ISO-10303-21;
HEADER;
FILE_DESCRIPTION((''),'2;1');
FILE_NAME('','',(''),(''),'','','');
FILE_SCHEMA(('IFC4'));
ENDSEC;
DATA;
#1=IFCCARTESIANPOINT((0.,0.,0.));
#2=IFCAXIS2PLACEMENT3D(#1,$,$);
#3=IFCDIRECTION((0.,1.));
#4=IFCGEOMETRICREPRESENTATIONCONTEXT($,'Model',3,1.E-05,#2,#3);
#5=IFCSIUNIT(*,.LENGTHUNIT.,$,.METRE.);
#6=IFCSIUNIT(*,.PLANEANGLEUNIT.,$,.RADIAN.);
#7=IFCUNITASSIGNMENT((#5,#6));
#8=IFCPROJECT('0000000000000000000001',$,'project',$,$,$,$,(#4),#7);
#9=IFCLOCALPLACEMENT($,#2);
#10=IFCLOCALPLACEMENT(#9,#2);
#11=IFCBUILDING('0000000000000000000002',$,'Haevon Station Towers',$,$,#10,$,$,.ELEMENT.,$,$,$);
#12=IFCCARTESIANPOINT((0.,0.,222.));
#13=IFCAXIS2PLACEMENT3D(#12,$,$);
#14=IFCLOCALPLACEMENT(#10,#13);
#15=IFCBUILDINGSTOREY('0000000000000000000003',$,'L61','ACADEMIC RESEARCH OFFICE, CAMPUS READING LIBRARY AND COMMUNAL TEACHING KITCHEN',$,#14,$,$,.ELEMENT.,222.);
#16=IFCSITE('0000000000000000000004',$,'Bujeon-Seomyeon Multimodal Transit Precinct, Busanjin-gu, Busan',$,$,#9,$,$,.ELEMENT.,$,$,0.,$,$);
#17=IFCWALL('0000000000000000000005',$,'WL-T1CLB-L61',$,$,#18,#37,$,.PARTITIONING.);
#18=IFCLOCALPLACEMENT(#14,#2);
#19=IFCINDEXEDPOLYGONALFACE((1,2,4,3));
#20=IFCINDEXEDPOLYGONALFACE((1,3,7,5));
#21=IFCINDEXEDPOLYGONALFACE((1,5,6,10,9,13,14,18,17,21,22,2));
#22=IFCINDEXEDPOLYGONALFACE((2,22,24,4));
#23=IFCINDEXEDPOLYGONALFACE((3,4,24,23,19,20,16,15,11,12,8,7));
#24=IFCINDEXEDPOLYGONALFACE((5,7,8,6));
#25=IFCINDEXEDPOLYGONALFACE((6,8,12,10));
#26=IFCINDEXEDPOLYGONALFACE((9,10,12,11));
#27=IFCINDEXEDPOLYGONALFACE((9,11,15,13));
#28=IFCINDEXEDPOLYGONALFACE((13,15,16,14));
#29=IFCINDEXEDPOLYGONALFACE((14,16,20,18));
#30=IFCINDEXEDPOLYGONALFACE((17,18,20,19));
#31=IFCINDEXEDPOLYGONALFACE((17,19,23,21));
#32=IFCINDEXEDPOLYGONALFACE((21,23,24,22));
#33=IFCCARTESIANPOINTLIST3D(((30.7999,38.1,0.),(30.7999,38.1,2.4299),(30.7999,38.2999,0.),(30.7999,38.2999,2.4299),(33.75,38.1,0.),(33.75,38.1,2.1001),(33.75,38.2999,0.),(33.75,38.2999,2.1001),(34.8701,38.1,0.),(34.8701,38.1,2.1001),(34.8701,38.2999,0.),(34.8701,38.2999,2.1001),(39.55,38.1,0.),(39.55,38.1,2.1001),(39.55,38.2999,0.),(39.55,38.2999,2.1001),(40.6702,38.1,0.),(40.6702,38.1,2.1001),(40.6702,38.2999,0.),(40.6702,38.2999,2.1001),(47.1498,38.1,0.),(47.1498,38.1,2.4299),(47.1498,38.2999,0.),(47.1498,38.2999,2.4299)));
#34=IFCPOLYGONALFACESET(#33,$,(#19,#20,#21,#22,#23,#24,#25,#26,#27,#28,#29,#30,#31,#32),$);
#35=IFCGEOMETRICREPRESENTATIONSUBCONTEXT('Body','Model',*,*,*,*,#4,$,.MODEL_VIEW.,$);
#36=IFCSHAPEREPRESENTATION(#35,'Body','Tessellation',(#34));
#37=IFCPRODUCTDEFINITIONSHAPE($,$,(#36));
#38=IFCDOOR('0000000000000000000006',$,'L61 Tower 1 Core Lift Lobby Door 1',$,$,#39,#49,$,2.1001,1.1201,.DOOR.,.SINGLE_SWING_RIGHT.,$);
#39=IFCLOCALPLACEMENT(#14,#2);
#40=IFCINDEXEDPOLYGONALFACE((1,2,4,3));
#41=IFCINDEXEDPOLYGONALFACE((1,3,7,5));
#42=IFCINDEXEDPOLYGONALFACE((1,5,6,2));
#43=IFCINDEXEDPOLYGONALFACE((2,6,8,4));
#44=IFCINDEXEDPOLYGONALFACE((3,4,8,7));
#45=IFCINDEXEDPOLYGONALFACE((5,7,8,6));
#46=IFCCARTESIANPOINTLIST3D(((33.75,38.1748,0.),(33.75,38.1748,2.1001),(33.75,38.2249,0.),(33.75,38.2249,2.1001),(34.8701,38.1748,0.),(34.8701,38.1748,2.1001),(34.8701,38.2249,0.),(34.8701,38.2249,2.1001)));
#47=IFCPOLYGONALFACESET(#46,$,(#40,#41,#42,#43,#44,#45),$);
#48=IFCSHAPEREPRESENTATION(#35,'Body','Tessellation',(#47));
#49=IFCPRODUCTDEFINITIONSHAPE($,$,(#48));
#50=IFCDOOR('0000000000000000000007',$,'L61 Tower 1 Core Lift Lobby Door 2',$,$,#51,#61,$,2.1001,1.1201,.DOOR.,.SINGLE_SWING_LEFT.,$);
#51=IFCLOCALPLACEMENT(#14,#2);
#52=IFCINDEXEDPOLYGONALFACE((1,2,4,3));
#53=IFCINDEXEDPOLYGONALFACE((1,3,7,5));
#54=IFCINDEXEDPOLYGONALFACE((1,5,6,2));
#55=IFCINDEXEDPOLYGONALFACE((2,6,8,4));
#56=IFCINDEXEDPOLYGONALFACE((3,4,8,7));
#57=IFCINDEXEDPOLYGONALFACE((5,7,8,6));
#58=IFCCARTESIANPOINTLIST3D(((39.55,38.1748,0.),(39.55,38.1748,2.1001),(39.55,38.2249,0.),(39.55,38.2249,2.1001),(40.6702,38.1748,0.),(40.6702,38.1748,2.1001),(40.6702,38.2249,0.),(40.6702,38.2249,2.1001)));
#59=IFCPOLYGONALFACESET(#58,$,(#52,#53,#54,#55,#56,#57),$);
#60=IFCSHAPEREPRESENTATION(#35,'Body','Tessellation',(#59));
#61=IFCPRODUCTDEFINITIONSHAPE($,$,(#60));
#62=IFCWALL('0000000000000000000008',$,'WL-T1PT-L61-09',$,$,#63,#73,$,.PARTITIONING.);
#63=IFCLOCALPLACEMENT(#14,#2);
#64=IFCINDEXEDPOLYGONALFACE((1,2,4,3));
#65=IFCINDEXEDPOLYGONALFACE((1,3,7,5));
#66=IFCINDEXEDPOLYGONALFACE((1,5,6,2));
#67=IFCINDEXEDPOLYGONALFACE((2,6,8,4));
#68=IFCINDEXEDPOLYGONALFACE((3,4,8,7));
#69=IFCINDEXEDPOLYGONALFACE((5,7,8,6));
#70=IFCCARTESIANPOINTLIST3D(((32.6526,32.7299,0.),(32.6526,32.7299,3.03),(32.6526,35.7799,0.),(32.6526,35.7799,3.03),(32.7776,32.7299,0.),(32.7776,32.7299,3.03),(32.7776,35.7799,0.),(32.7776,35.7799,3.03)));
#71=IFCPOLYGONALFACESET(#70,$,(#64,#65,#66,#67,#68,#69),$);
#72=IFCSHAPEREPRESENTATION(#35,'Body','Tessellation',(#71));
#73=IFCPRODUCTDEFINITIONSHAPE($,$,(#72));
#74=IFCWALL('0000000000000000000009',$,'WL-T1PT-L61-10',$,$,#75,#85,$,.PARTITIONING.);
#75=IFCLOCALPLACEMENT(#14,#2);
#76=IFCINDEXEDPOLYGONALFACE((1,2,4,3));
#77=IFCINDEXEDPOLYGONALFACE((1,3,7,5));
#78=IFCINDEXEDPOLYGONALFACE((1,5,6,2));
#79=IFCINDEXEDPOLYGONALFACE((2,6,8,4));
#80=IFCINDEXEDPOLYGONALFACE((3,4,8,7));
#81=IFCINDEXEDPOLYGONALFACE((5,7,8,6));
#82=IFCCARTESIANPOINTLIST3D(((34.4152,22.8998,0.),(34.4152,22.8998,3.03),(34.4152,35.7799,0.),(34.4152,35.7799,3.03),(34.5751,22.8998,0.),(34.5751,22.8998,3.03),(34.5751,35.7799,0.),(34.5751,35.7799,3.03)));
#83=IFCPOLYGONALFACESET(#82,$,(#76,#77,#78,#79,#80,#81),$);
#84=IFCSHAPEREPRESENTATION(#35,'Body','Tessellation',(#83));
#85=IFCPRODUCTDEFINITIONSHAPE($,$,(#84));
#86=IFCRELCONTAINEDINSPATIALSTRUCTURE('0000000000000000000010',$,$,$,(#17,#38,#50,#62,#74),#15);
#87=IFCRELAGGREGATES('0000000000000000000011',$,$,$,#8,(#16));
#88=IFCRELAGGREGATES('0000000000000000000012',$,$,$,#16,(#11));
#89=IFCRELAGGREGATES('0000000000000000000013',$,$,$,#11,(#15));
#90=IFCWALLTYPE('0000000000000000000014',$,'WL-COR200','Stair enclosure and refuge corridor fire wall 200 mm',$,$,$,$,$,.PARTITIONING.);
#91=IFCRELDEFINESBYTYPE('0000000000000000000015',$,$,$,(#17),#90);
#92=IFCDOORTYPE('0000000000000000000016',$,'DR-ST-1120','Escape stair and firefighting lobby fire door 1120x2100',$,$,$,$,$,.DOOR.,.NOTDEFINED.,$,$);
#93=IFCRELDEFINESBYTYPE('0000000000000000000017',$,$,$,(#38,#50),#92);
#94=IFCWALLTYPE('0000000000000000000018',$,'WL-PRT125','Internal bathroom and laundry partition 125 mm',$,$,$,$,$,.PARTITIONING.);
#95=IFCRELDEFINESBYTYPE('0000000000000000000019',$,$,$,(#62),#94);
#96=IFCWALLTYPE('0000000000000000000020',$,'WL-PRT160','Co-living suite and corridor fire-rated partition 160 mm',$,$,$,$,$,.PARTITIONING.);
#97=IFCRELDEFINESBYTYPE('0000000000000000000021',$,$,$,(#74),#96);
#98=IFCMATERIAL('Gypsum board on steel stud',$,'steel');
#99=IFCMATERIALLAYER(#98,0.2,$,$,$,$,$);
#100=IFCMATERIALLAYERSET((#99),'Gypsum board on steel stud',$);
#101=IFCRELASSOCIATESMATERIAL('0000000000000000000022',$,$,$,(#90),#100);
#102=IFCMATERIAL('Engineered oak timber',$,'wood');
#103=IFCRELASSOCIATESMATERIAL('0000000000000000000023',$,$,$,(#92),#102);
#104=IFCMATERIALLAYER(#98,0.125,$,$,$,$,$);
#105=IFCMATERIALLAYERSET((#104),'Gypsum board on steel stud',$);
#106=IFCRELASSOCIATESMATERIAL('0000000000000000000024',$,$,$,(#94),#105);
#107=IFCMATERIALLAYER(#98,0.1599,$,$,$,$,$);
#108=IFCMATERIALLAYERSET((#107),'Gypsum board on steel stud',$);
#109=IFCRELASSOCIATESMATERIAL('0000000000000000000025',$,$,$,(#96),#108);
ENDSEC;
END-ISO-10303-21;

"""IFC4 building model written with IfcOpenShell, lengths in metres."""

from ifc_helpers import new_model, si_unit, direction, frame, frame_2d, origin, place, context, subcontext, project, spatial, rectangle, extrude, material, layer, layer_set, type_object, element, fill, save


model = new_model("IFC4")

# Units and contexts
model_context = context("Model", 3, precision=1e-05, world=origin(), true_north=direction((0.0, 1.0)))
body_context = subcontext(model_context, "Body", "Model", "MODEL_VIEW")
ifc_project = project(units=[si_unit("LENGTHUNIT", "METRE"), si_unit("PLANEANGLEUNIT", "RADIAN")], contexts=[model_context])

# Site, building, storey
site_placement = place(None, origin())
site = spatial("IfcSite", under=ifc_project, at=site_placement, Name="Bujeon-Seomyeon Multimodal Transit Precinct, Busanjin-gu, Busan", CompositionType="ELEMENT", RefElevation=0.0)
building_placement = place(site_placement, origin())
building = spatial("IfcBuilding", under=site, at=building_placement, Name="Haevon Station Towers", CompositionType="ELEMENT")
storey_placement = place(building_placement, frame((0.0, 0.0, 222.0)))
storey = spatial("IfcBuildingStorey", under=building, at=storey_placement, Name="L61", Description="ACADEMIC RESEARCH OFFICE, CAMPUS READING LIBRARY AND COMMUNAL TEACHING KITCHEN", CompositionType="ELEMENT", Elevation=222.0)

# Shared definitions
ifc_material_1 = material(Name="Gypsum board on steel stud", Category="steel")
ifc_layer_1 = layer(ifc_material_1, 0.2)
ifc_layer_set_1 = layer_set([ifc_layer_1], Name="Gypsum board on steel stud")
wall_type_1 = type_object("IfcWallType", Name="WL-COR200", Description="Stair enclosure and refuge corridor fire wall 200 mm", PredefinedType="PARTITIONING", material=ifc_layer_set_1)
ifc_material_2 = material(Name="Engineered oak timber", Category="wood")

# Wall, openings, doors
wall_1_placement = place(storey_placement, frame((30.8, 38.2, 0.0), z_axis=(0.0, 0.0, 1.0), x_axis=(1.0, 0.0, 0.0)))
wall_1 = element("IfcWall", 1, at=wall_1_placement, inside=storey, type_object=wall_type_1, Name="WL-T1CLB-L61", PredefinedType="PARTITIONING", context=body_context, shape_type="SweptSolid", body=[
    extrude(rectangle(XDim=16.3499, YDim=0.2, at=frame_2d((8.1748, 0.0))), origin(), (0.0, 0.0, 1.0), 2.4299),
])
opening_1_placement = place(wall_1_placement, frame((2.95, 0.0, 0.0)))
opening_1 = element("IfcOpeningElement", 2, at=opening_1_placement, cuts=wall_1, PredefinedType="OPENING", context=body_context, shape_type="SweptSolid", body=[
    extrude(rectangle(XDim=1.1201, YDim=2.1001, at=frame_2d((0.5601, 1.05))), frame((0.0, 0.1099, 0.0), z_axis=(0.0, -1.0, 0.0), x_axis=(1.0, 0.0, 0.0)), (0.0, 0.0, 1.0), 0.22),
])
opening_2_placement = place(wall_1_placement, frame((8.75, 0.0, 0.0)))
opening_2 = element("IfcOpeningElement", 3, at=opening_2_placement, cuts=wall_1, PredefinedType="OPENING", context=body_context, shape_type="SweptSolid", body=[
    extrude(rectangle(XDim=1.1201, YDim=2.1001, at=frame_2d((0.5601, 1.05))), frame((0.0, 0.1099, 0.0), z_axis=(0.0, -1.0, 0.0), x_axis=(1.0, 0.0, 0.0)), (0.0, 0.0, 1.0), 0.22),
])
door_type_1 = type_object("IfcDoorType", Name="DR-ST-1120", Description="Escape stair and firefighting lobby fire door 1120x2100", OperationType="NOTDEFINED", PredefinedType="DOOR", material=ifc_material_2)
door_1_placement = place(opening_1_placement, origin())
door_1 = element("IfcDoor", 4, at=door_1_placement, inside=storey, type_object=door_type_1, Name="L61 Tower 1 Core Lift Lobby Door 1", OperationType="SINGLE_SWING_RIGHT", OverallHeight=2.1001, OverallWidth=1.1201, PredefinedType="DOOR", context=body_context, shape_type="SweptSolid", body=[
    extrude(rectangle(XDim=1.1201, YDim=2.1001, at=frame_2d((0.5601, 1.05))), frame((0.0, 0.0249, 0.0), z_axis=(0.0, -1.0, 0.0), x_axis=(1.0, 0.0, 0.0)), (0.0, 0.0, 1.0), 0.05),
])
fill(opening_1, door_1)
door_2_placement = place(opening_2_placement, origin())
door_2 = element("IfcDoor", 5, at=door_2_placement, inside=storey, type_object=door_type_1, Name="L61 Tower 1 Core Lift Lobby Door 2", OperationType="SINGLE_SWING_LEFT", OverallHeight=2.1001, OverallWidth=1.1201, PredefinedType="DOOR", context=body_context, shape_type="SweptSolid", body=[
    extrude(rectangle(XDim=1.1201, YDim=2.1001, at=frame_2d((0.5601, 1.05))), frame((0.0, 0.0249, 0.0), z_axis=(0.0, -1.0, 0.0), x_axis=(1.0, 0.0, 0.0)), (0.0, 0.0, 1.0), 0.05),
])
fill(opening_2, door_2)

# Walls
ifc_layer_2 = layer(ifc_material_1, 0.125)
ifc_layer_set_2 = layer_set([ifc_layer_2], Name="Gypsum board on steel stud")
wall_type_2 = type_object("IfcWallType", Name="WL-PRT125", Description="Internal bathroom and laundry partition 125 mm", PredefinedType="PARTITIONING", material=ifc_layer_set_2)
wall_2_placement = place(storey_placement, frame((32.7151, 32.73, 0.0), z_axis=(0.0, 0.0, 1.0), x_axis=(0.0, 1.0, 0.0)))
element("IfcWall", 6, at=wall_2_placement, inside=storey, type_object=wall_type_2, Name="WL-T1PT-L61-09", PredefinedType="PARTITIONING", context=body_context, shape_type="SweptSolid", body=[
    extrude(rectangle(XDim=3.05, YDim=0.125, at=frame_2d((1.5249, 0.0))), origin(), (0.0, 0.0, 1.0), 3.03),
])
ifc_layer_3 = layer(ifc_material_1, 0.1599)
ifc_layer_set_3 = layer_set([ifc_layer_3], Name="Gypsum board on steel stud")
wall_type_3 = type_object("IfcWallType", Name="WL-PRT160", Description="Co-living suite and corridor fire-rated partition 160 mm", PredefinedType="PARTITIONING", material=ifc_layer_set_3)
wall_3_placement = place(storey_placement, frame((34.4951, 22.8999, 0.0), z_axis=(0.0, 0.0, 1.0), x_axis=(0.0, 1.0, 0.0)))
element("IfcWall", 7, at=wall_3_placement, inside=storey, type_object=wall_type_3, Name="WL-T1PT-L61-10", PredefinedType="PARTITIONING", context=body_context, shape_type="SweptSolid", body=[
    extrude(rectangle(XDim=12.8801, YDim=0.1599, at=frame_2d((6.4399, 0.0))), origin(), (0.0, 0.0, 1.0), 3.03),
])

save(model, "model.ifc")
